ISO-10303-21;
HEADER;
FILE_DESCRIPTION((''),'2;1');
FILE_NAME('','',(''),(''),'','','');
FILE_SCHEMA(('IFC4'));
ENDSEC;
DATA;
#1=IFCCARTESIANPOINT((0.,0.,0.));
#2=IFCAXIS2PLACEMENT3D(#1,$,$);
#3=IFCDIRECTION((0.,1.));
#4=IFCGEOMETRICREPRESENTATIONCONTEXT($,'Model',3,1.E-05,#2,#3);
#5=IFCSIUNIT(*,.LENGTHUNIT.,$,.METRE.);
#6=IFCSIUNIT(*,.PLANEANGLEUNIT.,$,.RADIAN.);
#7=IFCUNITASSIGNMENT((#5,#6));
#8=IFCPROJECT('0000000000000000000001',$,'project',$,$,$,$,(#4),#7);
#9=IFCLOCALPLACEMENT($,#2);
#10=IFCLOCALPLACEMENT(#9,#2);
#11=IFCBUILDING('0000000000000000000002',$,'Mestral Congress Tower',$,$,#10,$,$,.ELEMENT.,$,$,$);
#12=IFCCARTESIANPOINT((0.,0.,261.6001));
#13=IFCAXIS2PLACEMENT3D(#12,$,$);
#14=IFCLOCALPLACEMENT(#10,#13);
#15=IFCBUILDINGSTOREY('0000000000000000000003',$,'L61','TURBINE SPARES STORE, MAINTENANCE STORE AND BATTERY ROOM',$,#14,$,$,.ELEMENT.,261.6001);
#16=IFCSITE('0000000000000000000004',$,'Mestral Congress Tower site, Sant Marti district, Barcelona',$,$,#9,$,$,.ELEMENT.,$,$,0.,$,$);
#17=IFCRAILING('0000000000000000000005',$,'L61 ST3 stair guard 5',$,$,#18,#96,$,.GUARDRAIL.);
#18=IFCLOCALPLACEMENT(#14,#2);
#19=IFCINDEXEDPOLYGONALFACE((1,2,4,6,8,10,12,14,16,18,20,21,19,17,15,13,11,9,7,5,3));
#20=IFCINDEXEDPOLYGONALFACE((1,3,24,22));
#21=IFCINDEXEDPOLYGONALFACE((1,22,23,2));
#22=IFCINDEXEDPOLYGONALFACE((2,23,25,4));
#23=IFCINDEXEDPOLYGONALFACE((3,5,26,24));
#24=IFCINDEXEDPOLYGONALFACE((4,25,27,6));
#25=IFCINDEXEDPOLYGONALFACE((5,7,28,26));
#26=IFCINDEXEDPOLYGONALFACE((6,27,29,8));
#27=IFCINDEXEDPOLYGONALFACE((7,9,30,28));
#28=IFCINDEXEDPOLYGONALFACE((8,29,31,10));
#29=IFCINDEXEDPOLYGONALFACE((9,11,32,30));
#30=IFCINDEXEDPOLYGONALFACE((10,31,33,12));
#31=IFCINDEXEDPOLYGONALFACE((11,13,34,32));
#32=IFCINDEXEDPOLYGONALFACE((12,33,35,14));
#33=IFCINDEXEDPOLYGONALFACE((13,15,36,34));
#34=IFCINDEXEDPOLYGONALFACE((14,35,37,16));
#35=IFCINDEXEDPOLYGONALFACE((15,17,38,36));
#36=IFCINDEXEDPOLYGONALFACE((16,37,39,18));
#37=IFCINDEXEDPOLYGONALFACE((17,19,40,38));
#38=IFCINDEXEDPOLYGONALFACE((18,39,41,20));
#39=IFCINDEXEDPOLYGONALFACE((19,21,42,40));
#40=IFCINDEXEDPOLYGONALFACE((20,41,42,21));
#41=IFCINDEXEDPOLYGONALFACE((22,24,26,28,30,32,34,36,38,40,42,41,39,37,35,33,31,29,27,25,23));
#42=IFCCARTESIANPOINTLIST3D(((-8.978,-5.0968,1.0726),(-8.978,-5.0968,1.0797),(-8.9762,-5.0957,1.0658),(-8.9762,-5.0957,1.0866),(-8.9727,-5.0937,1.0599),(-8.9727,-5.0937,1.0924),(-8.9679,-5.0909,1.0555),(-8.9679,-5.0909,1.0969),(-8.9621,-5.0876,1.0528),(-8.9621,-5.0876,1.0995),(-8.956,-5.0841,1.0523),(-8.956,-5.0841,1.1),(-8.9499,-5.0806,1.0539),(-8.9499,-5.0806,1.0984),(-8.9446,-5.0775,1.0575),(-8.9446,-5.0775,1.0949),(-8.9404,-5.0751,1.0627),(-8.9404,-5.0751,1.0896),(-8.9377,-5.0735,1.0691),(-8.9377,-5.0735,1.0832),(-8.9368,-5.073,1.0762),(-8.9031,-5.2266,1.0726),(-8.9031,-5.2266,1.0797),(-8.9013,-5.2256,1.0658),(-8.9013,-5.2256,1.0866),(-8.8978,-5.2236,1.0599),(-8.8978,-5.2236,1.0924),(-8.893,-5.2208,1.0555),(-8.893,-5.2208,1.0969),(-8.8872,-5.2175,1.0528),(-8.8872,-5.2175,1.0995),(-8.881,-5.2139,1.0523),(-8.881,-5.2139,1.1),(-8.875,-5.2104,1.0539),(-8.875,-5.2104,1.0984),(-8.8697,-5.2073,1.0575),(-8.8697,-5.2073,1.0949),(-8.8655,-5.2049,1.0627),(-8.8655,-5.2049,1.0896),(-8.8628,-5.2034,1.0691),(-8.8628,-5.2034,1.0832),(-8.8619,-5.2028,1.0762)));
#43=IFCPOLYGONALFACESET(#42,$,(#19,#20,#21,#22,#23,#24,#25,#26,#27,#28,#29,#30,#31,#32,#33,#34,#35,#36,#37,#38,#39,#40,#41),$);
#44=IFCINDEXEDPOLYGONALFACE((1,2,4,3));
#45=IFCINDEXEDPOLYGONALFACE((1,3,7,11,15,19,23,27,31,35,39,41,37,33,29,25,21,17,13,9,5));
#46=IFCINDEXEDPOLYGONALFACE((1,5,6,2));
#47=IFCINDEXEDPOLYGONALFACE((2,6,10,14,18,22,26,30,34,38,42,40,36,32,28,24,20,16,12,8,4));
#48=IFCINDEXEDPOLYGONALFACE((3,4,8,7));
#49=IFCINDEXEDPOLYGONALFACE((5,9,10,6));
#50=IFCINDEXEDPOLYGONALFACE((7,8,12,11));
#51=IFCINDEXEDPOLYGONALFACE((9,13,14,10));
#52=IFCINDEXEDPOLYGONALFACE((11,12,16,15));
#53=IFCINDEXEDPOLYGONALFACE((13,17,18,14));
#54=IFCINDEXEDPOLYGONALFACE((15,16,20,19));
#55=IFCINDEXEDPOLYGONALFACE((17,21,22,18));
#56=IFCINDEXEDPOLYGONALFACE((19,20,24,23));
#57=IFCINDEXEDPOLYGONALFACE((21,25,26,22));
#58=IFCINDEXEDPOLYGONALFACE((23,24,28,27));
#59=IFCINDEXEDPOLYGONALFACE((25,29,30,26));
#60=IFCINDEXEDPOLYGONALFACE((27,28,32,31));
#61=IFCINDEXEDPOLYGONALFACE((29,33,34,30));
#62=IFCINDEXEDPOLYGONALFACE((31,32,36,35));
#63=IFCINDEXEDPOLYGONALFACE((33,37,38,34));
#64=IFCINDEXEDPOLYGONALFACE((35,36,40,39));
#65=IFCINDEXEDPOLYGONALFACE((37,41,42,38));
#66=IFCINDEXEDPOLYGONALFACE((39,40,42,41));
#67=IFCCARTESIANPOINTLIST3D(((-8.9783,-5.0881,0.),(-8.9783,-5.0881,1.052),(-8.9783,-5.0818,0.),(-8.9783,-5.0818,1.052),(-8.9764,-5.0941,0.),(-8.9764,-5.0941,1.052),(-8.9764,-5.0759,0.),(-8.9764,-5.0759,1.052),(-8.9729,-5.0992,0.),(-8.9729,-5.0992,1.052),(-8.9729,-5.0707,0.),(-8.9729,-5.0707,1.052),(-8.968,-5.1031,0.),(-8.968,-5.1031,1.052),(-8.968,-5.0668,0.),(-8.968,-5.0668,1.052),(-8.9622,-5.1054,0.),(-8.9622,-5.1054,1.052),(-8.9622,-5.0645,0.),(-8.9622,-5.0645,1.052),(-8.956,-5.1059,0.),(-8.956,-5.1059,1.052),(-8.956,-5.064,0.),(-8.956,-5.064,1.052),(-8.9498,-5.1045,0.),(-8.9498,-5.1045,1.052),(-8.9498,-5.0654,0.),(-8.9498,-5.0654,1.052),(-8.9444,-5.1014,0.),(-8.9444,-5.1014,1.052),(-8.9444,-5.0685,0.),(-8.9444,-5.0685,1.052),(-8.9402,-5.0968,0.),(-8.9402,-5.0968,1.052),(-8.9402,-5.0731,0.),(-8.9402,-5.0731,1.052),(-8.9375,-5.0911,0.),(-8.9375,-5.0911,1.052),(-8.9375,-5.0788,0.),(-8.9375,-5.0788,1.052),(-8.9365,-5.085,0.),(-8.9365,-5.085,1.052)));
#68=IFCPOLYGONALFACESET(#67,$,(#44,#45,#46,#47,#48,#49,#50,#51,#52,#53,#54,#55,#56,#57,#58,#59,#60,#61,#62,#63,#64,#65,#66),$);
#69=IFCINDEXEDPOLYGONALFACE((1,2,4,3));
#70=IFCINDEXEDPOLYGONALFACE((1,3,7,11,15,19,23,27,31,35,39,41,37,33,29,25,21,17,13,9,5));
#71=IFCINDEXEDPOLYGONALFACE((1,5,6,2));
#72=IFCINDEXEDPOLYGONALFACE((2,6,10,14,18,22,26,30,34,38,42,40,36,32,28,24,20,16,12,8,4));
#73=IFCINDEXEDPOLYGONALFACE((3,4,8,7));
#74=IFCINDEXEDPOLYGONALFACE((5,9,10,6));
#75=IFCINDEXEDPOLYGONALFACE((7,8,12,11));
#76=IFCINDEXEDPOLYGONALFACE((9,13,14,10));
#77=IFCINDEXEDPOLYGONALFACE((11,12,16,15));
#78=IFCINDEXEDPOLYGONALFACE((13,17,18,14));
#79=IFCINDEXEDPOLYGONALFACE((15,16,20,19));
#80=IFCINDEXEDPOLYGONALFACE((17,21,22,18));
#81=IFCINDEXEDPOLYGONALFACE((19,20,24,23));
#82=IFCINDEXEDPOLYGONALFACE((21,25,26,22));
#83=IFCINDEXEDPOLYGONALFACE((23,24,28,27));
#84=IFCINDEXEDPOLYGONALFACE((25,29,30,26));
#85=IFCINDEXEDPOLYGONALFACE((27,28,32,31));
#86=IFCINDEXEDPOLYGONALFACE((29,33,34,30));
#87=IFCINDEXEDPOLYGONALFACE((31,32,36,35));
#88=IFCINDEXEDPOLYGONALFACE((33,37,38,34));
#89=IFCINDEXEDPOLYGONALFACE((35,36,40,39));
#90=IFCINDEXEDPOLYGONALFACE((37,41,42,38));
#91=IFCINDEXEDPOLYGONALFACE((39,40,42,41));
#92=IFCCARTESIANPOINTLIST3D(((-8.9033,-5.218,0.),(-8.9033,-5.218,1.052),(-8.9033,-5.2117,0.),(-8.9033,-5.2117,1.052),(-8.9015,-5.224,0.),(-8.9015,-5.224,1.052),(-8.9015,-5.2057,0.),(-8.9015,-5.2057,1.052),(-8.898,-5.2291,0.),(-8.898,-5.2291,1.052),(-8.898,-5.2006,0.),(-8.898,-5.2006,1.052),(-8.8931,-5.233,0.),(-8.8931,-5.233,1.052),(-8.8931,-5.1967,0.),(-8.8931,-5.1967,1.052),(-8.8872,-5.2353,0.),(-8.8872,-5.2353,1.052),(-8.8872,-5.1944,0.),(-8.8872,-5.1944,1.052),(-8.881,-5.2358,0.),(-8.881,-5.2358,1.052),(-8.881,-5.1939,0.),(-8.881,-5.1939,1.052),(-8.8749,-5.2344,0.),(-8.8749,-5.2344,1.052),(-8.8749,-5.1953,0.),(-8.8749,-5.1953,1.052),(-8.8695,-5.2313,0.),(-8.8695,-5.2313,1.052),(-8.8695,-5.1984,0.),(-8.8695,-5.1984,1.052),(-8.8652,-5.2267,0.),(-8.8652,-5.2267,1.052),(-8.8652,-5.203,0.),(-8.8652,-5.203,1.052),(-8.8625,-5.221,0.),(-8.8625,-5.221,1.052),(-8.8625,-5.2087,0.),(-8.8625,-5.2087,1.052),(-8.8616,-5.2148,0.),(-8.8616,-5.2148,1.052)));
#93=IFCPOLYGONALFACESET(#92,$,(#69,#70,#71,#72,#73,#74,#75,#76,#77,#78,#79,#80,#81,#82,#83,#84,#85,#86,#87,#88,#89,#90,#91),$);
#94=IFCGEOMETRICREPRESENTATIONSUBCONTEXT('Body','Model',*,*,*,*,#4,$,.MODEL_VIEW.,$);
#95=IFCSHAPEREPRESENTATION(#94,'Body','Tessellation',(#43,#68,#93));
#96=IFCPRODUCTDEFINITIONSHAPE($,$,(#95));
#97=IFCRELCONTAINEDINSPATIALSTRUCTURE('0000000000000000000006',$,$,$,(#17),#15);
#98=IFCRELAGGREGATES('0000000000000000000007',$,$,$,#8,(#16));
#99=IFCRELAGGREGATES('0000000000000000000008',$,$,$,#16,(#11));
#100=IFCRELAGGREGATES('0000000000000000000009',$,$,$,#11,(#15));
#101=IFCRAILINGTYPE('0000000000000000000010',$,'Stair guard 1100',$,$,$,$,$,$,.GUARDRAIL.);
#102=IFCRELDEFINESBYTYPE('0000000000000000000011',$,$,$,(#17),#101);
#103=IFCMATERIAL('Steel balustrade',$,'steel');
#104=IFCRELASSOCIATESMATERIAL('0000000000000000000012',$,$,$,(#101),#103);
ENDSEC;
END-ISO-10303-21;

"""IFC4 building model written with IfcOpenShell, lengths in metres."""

from ifc_helpers import new_model, si_unit, direction, frame, origin, origin_2d, place, context, subcontext, project, spatial, circle, extrude, material, type_object, element, save


model = new_model("IFC4")

# Units and contexts
model_context = context("Model", 3, precision=1e-05, world=origin(), true_north=direction((0.0, 1.0)))
body_context = subcontext(model_context, "Body", "Model", "MODEL_VIEW")
ifc_project = project(units=[si_unit("LENGTHUNIT", "METRE"), si_unit("PLANEANGLEUNIT", "RADIAN")], contexts=[model_context])

# Site, building, storey
site_placement = place(None, origin())
site = spatial("IfcSite", under=ifc_project, at=site_placement, Name="Mestral Congress Tower site, Sant Marti district, Barcelona", CompositionType="ELEMENT", RefElevation=0.0)
building_placement = place(site_placement, origin())
building = spatial("IfcBuilding", under=site, at=building_placement, Name="Mestral Congress Tower", CompositionType="ELEMENT")
storey_placement = place(building_placement, frame((0.0, 0.0, 261.6001)))
storey = spatial("IfcBuildingStorey", under=building, at=storey_placement, Name="L61", Description="TURBINE SPARES STORE, MAINTENANCE STORE AND BATTERY ROOM", CompositionType="ELEMENT", Elevation=261.6001)

# Railing
ifc_material_1 = material(Name="Steel balustrade", Category="steel")
railing_type = type_object("IfcRailingType", Name="Stair guard 1100", PredefinedType="GUARDRAIL", material=ifc_material_1)
railing_1_placement = place(storey_placement, frame((-8.9575, -5.085, 0.0)))
element("IfcRailing", 1, at=railing_1_placement, inside=storey, type_object=railing_type, Name="L61 ST3 stair guard 5", PredefinedType="GUARDRAIL", context=body_context, shape_type="SweptSolid", body=[
    extrude(circle(Radius=0.0239, at=origin_2d()), frame((0.0, 0.0, 1.0762), z_axis=(0.499816, -0.866131, 0.0), x_axis=(0.866131, 0.499816, 0.0)), (0.0, 0.0, 1.0), 0.1499),
    extrude(circle(Radius=0.021, at=origin_2d()), origin(), (0.0, 0.0, 1.0), 1.052),
    extrude(circle(Radius=0.021, at=origin_2d()), frame((0.075, -0.1299, 0.0)), (0.0, 0.0, 1.0), 1.052),
])

save(model, "model.ifc")
